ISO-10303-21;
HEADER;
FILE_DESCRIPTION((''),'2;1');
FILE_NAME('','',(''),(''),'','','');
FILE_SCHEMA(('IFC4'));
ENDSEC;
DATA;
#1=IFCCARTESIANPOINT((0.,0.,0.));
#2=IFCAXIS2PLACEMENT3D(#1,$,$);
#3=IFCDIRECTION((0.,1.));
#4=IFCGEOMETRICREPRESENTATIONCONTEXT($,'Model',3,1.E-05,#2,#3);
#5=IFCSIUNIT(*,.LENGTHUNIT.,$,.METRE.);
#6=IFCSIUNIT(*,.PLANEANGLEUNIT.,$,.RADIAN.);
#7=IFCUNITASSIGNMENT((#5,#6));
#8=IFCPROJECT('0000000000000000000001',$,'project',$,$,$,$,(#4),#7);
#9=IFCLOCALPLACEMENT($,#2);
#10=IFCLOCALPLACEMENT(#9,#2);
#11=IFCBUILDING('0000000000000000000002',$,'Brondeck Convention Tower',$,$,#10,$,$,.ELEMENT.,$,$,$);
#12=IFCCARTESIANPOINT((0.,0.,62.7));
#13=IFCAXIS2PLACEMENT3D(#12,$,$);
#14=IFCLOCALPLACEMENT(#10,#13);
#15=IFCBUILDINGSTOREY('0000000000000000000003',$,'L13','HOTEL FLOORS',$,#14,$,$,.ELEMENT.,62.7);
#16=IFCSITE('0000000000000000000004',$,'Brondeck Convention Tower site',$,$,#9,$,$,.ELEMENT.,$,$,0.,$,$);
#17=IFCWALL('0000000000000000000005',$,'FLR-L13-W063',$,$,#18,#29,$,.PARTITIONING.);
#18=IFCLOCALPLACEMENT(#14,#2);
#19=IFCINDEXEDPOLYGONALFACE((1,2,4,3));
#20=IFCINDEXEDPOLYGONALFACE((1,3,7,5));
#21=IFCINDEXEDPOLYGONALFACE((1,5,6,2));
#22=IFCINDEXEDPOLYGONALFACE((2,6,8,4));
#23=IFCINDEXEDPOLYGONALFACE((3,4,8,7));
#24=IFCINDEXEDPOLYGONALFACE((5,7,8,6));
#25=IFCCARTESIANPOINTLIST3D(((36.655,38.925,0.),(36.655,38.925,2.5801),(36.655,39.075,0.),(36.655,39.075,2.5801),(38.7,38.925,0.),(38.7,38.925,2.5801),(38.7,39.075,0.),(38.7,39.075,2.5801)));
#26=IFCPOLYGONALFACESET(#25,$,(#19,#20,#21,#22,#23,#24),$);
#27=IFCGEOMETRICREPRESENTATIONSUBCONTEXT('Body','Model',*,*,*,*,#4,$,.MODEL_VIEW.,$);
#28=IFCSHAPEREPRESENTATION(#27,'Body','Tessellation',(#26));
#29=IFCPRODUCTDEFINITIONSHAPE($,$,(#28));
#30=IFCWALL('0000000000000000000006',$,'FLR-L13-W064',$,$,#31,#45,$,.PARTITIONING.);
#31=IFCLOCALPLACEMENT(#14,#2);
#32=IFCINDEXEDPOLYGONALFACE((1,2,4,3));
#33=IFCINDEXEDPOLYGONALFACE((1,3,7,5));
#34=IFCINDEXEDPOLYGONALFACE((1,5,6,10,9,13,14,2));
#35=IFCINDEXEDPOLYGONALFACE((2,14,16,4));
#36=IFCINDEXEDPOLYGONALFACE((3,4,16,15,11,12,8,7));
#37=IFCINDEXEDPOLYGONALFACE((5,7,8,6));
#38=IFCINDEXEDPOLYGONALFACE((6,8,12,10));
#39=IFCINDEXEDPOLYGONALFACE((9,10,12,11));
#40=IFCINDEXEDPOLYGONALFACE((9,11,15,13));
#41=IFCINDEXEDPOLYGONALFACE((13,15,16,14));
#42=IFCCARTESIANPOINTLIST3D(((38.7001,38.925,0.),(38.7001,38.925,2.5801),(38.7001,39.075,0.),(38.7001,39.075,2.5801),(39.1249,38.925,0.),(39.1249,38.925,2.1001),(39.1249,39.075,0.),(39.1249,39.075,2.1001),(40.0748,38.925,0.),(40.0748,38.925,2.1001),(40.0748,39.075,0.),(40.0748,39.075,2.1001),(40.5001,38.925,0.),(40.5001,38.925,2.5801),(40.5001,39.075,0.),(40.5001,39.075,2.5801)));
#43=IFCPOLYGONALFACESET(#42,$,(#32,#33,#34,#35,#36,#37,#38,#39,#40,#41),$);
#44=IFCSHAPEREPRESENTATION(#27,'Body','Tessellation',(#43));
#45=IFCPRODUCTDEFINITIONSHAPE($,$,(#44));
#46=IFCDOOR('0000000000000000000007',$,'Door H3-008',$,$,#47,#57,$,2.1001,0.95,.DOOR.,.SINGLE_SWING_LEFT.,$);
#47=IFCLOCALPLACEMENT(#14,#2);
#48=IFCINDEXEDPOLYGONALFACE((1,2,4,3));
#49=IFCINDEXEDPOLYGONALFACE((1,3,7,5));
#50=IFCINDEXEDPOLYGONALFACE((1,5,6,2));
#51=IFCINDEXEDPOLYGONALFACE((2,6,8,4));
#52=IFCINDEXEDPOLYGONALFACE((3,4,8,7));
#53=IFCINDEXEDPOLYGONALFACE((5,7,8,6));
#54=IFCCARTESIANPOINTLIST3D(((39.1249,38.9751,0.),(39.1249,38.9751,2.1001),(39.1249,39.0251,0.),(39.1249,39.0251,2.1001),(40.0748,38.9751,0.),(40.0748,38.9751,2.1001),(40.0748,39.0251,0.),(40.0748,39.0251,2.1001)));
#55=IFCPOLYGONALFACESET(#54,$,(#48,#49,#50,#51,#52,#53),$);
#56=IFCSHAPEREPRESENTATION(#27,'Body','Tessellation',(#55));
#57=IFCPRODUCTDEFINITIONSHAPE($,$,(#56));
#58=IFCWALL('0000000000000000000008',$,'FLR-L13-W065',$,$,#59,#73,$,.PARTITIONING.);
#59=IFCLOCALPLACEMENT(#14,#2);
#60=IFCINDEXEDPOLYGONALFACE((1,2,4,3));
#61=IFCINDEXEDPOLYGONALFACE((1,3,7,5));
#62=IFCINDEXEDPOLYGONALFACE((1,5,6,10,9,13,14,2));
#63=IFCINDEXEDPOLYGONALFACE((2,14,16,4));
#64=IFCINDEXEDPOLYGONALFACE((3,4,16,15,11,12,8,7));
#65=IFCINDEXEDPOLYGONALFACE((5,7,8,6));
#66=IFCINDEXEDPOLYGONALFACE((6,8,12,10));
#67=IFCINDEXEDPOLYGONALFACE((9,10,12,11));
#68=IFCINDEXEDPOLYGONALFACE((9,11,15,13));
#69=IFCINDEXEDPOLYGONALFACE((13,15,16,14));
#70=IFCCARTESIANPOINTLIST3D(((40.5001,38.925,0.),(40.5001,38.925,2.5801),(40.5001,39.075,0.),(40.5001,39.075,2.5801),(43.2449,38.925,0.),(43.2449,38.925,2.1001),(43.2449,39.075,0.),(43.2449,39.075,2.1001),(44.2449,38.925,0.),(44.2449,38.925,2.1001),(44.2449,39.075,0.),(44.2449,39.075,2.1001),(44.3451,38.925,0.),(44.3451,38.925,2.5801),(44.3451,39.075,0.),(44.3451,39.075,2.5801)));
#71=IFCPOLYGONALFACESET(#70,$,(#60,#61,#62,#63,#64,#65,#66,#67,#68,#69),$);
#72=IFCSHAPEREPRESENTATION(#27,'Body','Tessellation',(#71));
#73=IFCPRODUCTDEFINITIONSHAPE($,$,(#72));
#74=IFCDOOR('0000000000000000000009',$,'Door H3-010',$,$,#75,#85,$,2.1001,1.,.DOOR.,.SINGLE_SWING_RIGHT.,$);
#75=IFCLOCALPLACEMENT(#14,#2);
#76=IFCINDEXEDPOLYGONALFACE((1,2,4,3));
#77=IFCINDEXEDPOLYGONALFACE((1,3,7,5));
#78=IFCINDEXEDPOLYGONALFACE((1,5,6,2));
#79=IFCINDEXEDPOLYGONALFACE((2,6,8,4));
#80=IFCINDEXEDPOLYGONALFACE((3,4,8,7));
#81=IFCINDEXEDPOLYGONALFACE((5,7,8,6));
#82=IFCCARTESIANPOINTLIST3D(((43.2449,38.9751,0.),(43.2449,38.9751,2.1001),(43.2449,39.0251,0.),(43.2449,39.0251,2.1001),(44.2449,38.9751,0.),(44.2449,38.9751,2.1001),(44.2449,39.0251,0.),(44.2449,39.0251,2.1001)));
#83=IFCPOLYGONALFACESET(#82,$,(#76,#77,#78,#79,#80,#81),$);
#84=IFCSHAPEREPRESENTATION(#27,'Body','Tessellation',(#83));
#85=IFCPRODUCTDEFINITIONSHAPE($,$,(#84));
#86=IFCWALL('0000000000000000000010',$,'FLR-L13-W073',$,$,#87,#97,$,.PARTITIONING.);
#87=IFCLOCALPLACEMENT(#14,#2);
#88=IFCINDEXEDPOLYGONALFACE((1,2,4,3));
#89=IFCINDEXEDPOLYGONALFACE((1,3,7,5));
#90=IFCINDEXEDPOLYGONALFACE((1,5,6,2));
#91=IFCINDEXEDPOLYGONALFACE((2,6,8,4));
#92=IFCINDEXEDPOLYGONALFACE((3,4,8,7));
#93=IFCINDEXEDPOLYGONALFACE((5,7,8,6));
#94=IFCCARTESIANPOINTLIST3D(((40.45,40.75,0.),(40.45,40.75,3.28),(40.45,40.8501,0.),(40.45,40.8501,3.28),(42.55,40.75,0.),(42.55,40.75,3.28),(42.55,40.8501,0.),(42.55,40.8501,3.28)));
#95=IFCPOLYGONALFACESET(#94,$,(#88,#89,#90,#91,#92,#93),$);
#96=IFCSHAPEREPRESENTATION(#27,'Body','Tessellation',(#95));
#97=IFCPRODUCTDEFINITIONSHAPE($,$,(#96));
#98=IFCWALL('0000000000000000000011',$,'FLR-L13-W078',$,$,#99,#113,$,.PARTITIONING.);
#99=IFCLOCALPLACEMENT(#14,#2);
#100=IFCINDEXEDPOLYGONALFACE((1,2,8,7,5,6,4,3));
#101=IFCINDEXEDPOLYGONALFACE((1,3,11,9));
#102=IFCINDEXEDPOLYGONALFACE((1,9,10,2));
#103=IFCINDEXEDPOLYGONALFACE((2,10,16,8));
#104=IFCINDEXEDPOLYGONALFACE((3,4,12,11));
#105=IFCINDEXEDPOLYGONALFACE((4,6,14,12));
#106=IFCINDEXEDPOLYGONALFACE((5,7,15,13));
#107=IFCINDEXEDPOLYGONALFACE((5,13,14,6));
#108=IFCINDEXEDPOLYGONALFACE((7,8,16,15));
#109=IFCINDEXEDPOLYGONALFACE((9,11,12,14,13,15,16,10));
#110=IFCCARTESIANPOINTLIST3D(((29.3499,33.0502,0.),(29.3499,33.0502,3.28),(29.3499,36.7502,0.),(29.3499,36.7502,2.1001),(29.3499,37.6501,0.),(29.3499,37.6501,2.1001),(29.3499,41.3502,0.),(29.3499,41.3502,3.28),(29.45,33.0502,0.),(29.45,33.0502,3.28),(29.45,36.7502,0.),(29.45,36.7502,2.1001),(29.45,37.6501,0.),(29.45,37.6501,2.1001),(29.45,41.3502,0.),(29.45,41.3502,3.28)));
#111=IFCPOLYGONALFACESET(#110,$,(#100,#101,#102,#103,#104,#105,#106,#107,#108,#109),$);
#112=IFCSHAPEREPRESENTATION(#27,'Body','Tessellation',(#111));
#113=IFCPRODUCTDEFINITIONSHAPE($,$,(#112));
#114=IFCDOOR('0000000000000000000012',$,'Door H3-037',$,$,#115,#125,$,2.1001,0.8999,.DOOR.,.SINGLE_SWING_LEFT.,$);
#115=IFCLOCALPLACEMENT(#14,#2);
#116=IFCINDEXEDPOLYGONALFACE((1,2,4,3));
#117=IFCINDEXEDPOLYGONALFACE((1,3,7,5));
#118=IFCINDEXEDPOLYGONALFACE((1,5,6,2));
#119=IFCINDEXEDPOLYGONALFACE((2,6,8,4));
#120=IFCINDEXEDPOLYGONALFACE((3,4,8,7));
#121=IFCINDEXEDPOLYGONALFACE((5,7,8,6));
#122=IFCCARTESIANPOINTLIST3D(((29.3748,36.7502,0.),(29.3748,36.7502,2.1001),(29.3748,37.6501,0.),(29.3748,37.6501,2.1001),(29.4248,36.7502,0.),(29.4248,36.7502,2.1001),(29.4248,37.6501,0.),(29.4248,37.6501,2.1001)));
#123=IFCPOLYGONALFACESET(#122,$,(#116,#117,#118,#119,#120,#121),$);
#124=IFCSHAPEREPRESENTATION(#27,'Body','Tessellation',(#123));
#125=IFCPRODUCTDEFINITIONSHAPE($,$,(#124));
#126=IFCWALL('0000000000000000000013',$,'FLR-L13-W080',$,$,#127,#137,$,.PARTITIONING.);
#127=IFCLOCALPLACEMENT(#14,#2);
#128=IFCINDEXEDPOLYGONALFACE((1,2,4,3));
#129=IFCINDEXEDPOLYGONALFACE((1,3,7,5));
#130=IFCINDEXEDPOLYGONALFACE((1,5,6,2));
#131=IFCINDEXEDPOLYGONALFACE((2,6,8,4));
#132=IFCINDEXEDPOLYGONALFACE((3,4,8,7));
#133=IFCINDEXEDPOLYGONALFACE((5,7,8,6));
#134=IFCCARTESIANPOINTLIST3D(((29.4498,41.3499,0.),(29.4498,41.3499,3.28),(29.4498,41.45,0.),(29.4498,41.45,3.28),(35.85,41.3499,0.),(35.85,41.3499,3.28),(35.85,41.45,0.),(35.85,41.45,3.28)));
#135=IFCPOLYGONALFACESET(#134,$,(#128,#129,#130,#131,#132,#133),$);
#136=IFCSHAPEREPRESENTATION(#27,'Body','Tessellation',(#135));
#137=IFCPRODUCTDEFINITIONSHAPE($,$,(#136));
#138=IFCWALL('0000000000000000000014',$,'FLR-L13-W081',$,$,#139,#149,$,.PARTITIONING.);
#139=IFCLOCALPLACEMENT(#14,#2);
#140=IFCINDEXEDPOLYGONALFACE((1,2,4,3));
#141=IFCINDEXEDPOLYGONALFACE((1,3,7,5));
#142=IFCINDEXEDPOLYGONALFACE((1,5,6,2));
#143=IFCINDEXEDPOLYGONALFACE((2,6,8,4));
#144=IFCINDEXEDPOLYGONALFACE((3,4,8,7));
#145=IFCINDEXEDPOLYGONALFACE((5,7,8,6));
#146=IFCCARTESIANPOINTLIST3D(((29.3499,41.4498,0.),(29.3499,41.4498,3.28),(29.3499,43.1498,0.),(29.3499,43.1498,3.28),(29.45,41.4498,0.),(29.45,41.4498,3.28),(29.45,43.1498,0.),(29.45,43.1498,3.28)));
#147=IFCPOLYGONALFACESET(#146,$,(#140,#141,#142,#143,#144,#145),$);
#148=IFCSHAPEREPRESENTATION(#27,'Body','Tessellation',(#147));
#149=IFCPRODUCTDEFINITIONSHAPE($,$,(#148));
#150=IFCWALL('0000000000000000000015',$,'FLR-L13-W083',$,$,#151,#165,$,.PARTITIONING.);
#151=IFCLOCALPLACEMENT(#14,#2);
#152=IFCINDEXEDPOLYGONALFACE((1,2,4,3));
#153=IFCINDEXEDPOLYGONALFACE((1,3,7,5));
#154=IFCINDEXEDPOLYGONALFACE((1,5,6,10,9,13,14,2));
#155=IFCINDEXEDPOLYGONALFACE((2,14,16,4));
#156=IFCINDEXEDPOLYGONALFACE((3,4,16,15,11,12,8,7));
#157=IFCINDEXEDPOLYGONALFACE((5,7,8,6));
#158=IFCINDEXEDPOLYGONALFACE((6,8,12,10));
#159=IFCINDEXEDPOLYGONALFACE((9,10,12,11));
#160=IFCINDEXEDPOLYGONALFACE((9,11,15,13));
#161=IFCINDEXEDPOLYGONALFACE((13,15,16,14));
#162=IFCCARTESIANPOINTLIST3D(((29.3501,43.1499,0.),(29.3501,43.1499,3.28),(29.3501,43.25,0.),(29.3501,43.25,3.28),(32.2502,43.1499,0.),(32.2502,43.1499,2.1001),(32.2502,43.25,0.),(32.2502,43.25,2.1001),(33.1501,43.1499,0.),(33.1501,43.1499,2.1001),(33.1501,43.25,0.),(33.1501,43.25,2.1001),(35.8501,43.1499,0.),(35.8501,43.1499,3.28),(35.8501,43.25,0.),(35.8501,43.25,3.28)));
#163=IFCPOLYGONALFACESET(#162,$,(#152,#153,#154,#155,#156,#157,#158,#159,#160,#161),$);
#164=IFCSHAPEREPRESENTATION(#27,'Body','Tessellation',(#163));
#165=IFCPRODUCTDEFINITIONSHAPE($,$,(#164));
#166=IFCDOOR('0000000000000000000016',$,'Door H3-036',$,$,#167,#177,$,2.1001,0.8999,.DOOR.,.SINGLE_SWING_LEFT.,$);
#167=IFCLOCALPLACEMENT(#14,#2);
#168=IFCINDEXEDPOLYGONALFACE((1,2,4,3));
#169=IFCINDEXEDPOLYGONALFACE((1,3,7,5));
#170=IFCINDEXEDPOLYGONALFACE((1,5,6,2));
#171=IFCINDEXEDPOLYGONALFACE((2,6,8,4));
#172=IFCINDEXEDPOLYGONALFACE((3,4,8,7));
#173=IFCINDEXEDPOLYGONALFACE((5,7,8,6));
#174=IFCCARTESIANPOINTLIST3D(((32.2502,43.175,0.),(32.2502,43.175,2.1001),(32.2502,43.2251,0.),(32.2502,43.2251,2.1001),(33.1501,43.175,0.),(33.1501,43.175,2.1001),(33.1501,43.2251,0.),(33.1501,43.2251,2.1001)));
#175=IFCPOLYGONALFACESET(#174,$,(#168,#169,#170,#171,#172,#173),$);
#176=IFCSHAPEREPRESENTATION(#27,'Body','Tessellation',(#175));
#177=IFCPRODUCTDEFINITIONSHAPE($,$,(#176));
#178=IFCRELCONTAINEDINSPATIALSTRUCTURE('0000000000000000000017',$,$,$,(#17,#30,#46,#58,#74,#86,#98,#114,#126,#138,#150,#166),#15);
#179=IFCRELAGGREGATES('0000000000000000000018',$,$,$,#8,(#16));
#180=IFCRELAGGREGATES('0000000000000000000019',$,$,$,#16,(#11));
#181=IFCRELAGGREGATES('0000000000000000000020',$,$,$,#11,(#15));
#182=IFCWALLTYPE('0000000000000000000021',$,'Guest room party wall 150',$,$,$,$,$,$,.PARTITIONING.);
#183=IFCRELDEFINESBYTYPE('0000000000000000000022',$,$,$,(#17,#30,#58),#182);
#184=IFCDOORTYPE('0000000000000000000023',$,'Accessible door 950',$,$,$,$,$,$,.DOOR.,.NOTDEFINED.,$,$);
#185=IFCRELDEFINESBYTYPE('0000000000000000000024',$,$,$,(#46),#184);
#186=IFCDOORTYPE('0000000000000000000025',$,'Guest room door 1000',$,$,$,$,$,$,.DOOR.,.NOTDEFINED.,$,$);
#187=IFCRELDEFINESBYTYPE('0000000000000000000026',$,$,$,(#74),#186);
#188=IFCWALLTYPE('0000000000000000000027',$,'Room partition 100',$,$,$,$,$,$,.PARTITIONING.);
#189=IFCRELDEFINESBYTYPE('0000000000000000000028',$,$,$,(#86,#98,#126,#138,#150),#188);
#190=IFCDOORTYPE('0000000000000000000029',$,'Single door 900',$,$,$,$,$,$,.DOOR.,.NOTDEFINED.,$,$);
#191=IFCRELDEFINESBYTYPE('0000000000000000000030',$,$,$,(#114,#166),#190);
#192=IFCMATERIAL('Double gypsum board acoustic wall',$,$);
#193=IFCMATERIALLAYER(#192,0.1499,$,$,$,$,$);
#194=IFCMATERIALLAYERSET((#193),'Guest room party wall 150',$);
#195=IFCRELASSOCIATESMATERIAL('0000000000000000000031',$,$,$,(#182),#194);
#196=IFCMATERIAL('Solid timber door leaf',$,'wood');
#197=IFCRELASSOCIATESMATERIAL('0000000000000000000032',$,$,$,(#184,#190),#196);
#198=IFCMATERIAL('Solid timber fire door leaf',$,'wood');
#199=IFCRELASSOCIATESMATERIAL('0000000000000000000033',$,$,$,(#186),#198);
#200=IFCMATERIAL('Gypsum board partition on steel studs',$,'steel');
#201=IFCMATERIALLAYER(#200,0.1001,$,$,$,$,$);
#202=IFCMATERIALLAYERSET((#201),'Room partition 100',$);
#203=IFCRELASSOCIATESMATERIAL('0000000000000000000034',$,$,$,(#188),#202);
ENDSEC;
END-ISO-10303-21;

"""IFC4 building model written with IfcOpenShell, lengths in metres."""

from ifc_helpers import new_model, si_unit, direction, frame, frame_2d, origin, place, context, subcontext, project, spatial, rectangle, extrude, material, layer, layer_set, type_object, element, fill, save


model = new_model("IFC4")

# Units and contexts
model_context = context("Model", 3, precision=1e-05, world=origin(), true_north=direction((0.0, 1.0)))
body_context = subcontext(model_context, "Body", "Model", "MODEL_VIEW")
ifc_project = project(units=[si_unit("LENGTHUNIT", "METRE"), si_unit("PLANEANGLEUNIT", "RADIAN")], contexts=[model_context])

# Site, building, storey
site_placement = place(None, origin())
site = spatial("IfcSite", under=ifc_project, at=site_placement, Name="Brondeck Convention Tower site", CompositionType="ELEMENT", RefElevation=0.0)
building_placement = place(site_placement, origin())
building = spatial("IfcBuilding", under=site, at=building_placement, Name="Brondeck Convention Tower", CompositionType="ELEMENT")
storey_placement = place(building_placement, frame((0.0, 0.0, 62.7)))
storey = spatial("IfcBuildingStorey", under=building, at=storey_placement, Name="L13", Description="HOTEL FLOORS", CompositionType="ELEMENT", Elevation=62.7)

# Wall
ifc_material_1 = material(Name="Double gypsum board acoustic wall")
ifc_layer_1 = layer(ifc_material_1, 0.1499)
ifc_layer_set_1 = layer_set([ifc_layer_1], Name="Guest room party wall 150")
wall_type_1 = type_object("IfcWallType", Name="Guest room party wall 150", PredefinedType="PARTITIONING", material=ifc_layer_set_1)
wall_1_placement = place(storey_placement, frame((38.7, 39.0, 0.0), z_axis=(0.0, 0.0, 1.0), x_axis=(-1.0, 0.0, 0.0)))
element("IfcWall", 1, at=wall_1_placement, inside=storey, type_object=wall_type_1, Name="FLR-L13-W063", PredefinedType="PARTITIONING", context=body_context, shape_type="SweptSolid", body=[
    extrude(rectangle(XDim=2.0449, YDim=0.1499, at=frame_2d((1.0225, 0.0))), origin(), (0.0, 0.0, 1.0), 2.5801),
])

# Walls, openings, doors
wall_2_placement = place(storey_placement, frame((40.5, 39.0, 0.0), z_axis=(0.0, 0.0, 1.0), x_axis=(-1.0, 0.0, 0.0)))
wall_2 = element("IfcWall", 2, at=wall_2_placement, inside=storey, type_object=wall_type_1, Name="FLR-L13-W064", PredefinedType="PARTITIONING", context=body_context, shape_type="SweptSolid", body=[
    extrude(rectangle(XDim=1.8, YDim=0.1499, at=frame_2d((0.8999, 0.0))), origin(), (0.0, 0.0, 1.0), 2.5801),
])
opening_1_placement = place(wall_2_placement, frame((0.425, 0.0, 0.0)))
opening_1 = element("IfcOpeningElement", 3, at=opening_1_placement, cuts=wall_2, PredefinedType="OPENING", context=body_context, shape_type="SweptSolid", body=[
    extrude(rectangle(XDim=0.95, YDim=2.1001, at=frame_2d((0.4751, 1.05))), frame((0.0, 0.085, 0.0), z_axis=(0.0, -1.0, 0.0), x_axis=(1.0, 0.0, 0.0)), (0.0, 0.0, 1.0), 0.1699),
])
ifc_material_2 = material(Name="Solid timber door leaf", Category="wood")
door_type_1 = type_object("IfcDoorType", Name="Accessible door 950", OperationType="NOTDEFINED", PredefinedType="DOOR", material=ifc_material_2)
door_1_placement = place(opening_1_placement, origin())
door_1 = element("IfcDoor", 4, at=door_1_placement, inside=storey, type_object=door_type_1, Name="Door H3-008", OperationType="SINGLE_SWING_LEFT", OverallHeight=2.1001, OverallWidth=0.95, PredefinedType="DOOR", context=body_context, shape_type="SweptSolid", body=[
    extrude(rectangle(XDim=0.95, YDim=2.1001, at=frame_2d((0.4751, 1.05))), frame((0.0, 0.0249, 0.0), z_axis=(0.0, -1.0, 0.0), x_axis=(1.0, 0.0, 0.0)), (0.0, 0.0, 1.0), 0.05),
])
fill(opening_1, door_1)
wall_3_placement = place(storey_placement, frame((44.345, 39.0, 0.0), z_axis=(0.0, 0.0, 1.0), x_axis=(-1.0, 0.0, 0.0)))
wall_3 = element("IfcWall", 5, at=wall_3_placement, inside=storey, type_object=wall_type_1, Name="FLR-L13-W065", PredefinedType="PARTITIONING", context=body_context, shape_type="SweptSolid", body=[
    extrude(rectangle(XDim=3.845, YDim=0.1499, at=frame_2d((1.9224, 0.0))), origin(), (0.0, 0.0, 1.0), 2.5801),
])
opening_2_placement = place(wall_3_placement, frame((0.1001, 0.0, 0.0)))
opening_2 = element("IfcOpeningElement", 6, at=opening_2_placement, cuts=wall_3, PredefinedType="OPENING", context=body_context, shape_type="SweptSolid", body=[
    extrude(rectangle(XDim=1.0, YDim=2.1001, at=frame_2d((0.5, 1.05))), frame((0.0, 0.085, 0.0), z_axis=(0.0, -1.0, 0.0), x_axis=(1.0, 0.0, 0.0)), (0.0, 0.0, 1.0), 0.1699),
])
ifc_material_3 = material(Name="Solid timber fire door leaf", Category="wood")
door_type_2 = type_object("IfcDoorType", Name="Guest room door 1000", OperationType="NOTDEFINED", PredefinedType="DOOR", material=ifc_material_3)
door_2_placement = place(opening_2_placement, origin())
door_2 = element("IfcDoor", 7, at=door_2_placement, inside=storey, type_object=door_type_2, Name="Door H3-010", OperationType="SINGLE_SWING_RIGHT", OverallHeight=2.1001, OverallWidth=1.0, PredefinedType="DOOR", context=body_context, shape_type="SweptSolid", body=[
    extrude(rectangle(XDim=1.0, YDim=2.1001, at=frame_2d((0.5, 1.05))), frame((0.0, 0.0249, 0.0), z_axis=(0.0, -1.0, 0.0), x_axis=(1.0, 0.0, 0.0)), (0.0, 0.0, 1.0), 0.05),
])
fill(opening_2, door_2)

# Wall
ifc_material_4 = material(Name="Gypsum board partition on steel studs", Category="steel")
ifc_layer_2 = layer(ifc_material_4, 0.1001)
ifc_layer_set_2 = layer_set([ifc_layer_2], Name="Room partition 100")
wall_type_2 = type_object("IfcWallType", Name="Room partition 100", PredefinedType="PARTITIONING", material=ifc_layer_set_2)
wall_4_placement = place(storey_placement, frame((40.45, 40.8, 0.0), z_axis=(0.0, 0.0, 1.0), x_axis=(1.0, 0.0, 0.0)))
element("IfcWall", 8, at=wall_4_placement, inside=storey, type_object=wall_type_2, Name="FLR-L13-W073", PredefinedType="PARTITIONING", context=body_context, shape_type="SweptSolid", body=[
    extrude(rectangle(XDim=2.1001, YDim=0.1001, at=frame_2d((1.05, 0.0))), origin(), (0.0, 0.0, 1.0), 3.28),
])

# Wall, opening, door
wall_5_placement = place(storey_placement, frame((29.3999, 41.3501, 0.0), z_axis=(0.0, 0.0, 1.0), x_axis=(0.0, -1.0, 0.0)))
wall_5 = element("IfcWall", 9, at=wall_5_placement, inside=storey, type_object=wall_type_2, Name="FLR-L13-W078", PredefinedType="PARTITIONING", context=body_context, shape_type="SweptSolid", body=[
    extrude(rectangle(XDim=8.3, YDim=0.1001, at=frame_2d((4.1499, 0.0))), origin(), (0.0, 0.0, 1.0), 3.28),
])
opening_3_placement = place(wall_5_placement, frame((3.7, 0.0, 0.0)))
opening_3 = element("IfcOpeningElement", 10, at=opening_3_placement, cuts=wall_5, PredefinedType="OPENING", context=body_context, shape_type="SweptSolid", body=[
    extrude(rectangle(XDim=0.8999, YDim=2.1001, at=frame_2d((0.45, 1.05))), frame((0.0, 0.0601, 0.0), z_axis=(0.0, -1.0, 0.0), x_axis=(1.0, 0.0, 0.0)), (0.0, 0.0, 1.0), 0.1201),
])
door_type_3 = type_object("IfcDoorType", Name="Single door 900", OperationType="NOTDEFINED", PredefinedType="DOOR", material=ifc_material_2)
door_3_placement = place(opening_3_placement, origin())
door_3 = element("IfcDoor", 11, at=door_3_placement, inside=storey, type_object=door_type_3, Name="Door H3-037", OperationType="SINGLE_SWING_LEFT", OverallHeight=2.1001, OverallWidth=0.8999, PredefinedType="DOOR", context=body_context, shape_type="SweptSolid", body=[
    extrude(rectangle(XDim=0.8999, YDim=2.1001, at=frame_2d((0.45, 1.05))), frame((0.0, 0.0249, 0.0), z_axis=(0.0, -1.0, 0.0), x_axis=(1.0, 0.0, 0.0)), (0.0, 0.0, 1.0), 0.05),
])
fill(opening_3, door_3)

# Walls
wall_6_placement = place(storey_placement, frame((35.8501, 41.3999, 0.0), z_axis=(0.0, 0.0, 1.0), x_axis=(-1.0, 0.0, 0.0)))
element("IfcWall", 12, at=wall_6_placement, inside=storey, type_object=wall_type_2, Name="FLR-L13-W080", PredefinedType="PARTITIONING", context=body_context, shape_type="SweptSolid", body=[
    extrude(rectangle(XDim=6.4001, YDim=0.1001, at=frame_2d((3.2002, 0.0))), origin(), (0.0, 0.0, 1.0), 3.28),
])
wall_7_placement = place(storey_placement, frame((29.3999, 43.1499, 0.0), z_axis=(0.0, 0.0, 1.0), x_axis=(0.0, -1.0, 0.0)))
element("IfcWall", 13, at=wall_7_placement, inside=storey, type_object=wall_type_2, Name="FLR-L13-W081", PredefinedType="PARTITIONING", context=body_context, shape_type="SweptSolid", body=[
    extrude(rectangle(XDim=1.7, YDim=0.1001, at=frame_2d((0.8501, 0.0))), origin(), (0.0, 0.0, 1.0), 3.28),
])

# Wall, opening, door
wall_8_placement = place(storey_placement, frame((35.8501, 43.2, 0.0), z_axis=(0.0, 0.0, 1.0), x_axis=(-1.0, 0.0, 0.0)))
wall_8 = element("IfcWall", 14, at=wall_8_placement, inside=storey, type_object=wall_type_2, Name="FLR-L13-W083", PredefinedType="PARTITIONING", context=body_context, shape_type="SweptSolid", body=[
    extrude(rectangle(XDim=6.5, YDim=0.1001, at=frame_2d((3.25, 0.0))), origin(), (0.0, 0.0, 1.0), 3.28),
])
opening_4_placement = place(wall_8_placement, frame((2.7, 0.0, 0.0)))
opening_4 = element("IfcOpeningElement", 15, at=opening_4_placement, cuts=wall_8, PredefinedType="OPENING", context=body_context, shape_type="SweptSolid", body=[
    extrude(rectangle(XDim=0.8999, YDim=2.1001, at=frame_2d((0.45, 1.05))), frame((0.0, 0.0601, 0.0), z_axis=(0.0, -1.0, 0.0), x_axis=(1.0, 0.0, 0.0)), (0.0, 0.0, 1.0), 0.1201),
])
door_4_placement = place(opening_4_placement, origin())
door_4 = element("IfcDoor", 16, at=door_4_placement, inside=storey, type_object=door_type_3, Name="Door H3-036", OperationType="SINGLE_SWING_LEFT", OverallHeight=2.1001, OverallWidth=0.8999, PredefinedType="DOOR", context=body_context, shape_type="SweptSolid", body=[
    extrude(rectangle(XDim=0.8999, YDim=2.1001, at=frame_2d((0.45, 1.05))), frame((0.0, 0.0249, 0.0), z_axis=(0.0, -1.0, 0.0), x_axis=(1.0, 0.0, 0.0)), (0.0, 0.0, 1.0), 0.05),
])
fill(opening_4, door_4)

save(model, "model.ifc")
